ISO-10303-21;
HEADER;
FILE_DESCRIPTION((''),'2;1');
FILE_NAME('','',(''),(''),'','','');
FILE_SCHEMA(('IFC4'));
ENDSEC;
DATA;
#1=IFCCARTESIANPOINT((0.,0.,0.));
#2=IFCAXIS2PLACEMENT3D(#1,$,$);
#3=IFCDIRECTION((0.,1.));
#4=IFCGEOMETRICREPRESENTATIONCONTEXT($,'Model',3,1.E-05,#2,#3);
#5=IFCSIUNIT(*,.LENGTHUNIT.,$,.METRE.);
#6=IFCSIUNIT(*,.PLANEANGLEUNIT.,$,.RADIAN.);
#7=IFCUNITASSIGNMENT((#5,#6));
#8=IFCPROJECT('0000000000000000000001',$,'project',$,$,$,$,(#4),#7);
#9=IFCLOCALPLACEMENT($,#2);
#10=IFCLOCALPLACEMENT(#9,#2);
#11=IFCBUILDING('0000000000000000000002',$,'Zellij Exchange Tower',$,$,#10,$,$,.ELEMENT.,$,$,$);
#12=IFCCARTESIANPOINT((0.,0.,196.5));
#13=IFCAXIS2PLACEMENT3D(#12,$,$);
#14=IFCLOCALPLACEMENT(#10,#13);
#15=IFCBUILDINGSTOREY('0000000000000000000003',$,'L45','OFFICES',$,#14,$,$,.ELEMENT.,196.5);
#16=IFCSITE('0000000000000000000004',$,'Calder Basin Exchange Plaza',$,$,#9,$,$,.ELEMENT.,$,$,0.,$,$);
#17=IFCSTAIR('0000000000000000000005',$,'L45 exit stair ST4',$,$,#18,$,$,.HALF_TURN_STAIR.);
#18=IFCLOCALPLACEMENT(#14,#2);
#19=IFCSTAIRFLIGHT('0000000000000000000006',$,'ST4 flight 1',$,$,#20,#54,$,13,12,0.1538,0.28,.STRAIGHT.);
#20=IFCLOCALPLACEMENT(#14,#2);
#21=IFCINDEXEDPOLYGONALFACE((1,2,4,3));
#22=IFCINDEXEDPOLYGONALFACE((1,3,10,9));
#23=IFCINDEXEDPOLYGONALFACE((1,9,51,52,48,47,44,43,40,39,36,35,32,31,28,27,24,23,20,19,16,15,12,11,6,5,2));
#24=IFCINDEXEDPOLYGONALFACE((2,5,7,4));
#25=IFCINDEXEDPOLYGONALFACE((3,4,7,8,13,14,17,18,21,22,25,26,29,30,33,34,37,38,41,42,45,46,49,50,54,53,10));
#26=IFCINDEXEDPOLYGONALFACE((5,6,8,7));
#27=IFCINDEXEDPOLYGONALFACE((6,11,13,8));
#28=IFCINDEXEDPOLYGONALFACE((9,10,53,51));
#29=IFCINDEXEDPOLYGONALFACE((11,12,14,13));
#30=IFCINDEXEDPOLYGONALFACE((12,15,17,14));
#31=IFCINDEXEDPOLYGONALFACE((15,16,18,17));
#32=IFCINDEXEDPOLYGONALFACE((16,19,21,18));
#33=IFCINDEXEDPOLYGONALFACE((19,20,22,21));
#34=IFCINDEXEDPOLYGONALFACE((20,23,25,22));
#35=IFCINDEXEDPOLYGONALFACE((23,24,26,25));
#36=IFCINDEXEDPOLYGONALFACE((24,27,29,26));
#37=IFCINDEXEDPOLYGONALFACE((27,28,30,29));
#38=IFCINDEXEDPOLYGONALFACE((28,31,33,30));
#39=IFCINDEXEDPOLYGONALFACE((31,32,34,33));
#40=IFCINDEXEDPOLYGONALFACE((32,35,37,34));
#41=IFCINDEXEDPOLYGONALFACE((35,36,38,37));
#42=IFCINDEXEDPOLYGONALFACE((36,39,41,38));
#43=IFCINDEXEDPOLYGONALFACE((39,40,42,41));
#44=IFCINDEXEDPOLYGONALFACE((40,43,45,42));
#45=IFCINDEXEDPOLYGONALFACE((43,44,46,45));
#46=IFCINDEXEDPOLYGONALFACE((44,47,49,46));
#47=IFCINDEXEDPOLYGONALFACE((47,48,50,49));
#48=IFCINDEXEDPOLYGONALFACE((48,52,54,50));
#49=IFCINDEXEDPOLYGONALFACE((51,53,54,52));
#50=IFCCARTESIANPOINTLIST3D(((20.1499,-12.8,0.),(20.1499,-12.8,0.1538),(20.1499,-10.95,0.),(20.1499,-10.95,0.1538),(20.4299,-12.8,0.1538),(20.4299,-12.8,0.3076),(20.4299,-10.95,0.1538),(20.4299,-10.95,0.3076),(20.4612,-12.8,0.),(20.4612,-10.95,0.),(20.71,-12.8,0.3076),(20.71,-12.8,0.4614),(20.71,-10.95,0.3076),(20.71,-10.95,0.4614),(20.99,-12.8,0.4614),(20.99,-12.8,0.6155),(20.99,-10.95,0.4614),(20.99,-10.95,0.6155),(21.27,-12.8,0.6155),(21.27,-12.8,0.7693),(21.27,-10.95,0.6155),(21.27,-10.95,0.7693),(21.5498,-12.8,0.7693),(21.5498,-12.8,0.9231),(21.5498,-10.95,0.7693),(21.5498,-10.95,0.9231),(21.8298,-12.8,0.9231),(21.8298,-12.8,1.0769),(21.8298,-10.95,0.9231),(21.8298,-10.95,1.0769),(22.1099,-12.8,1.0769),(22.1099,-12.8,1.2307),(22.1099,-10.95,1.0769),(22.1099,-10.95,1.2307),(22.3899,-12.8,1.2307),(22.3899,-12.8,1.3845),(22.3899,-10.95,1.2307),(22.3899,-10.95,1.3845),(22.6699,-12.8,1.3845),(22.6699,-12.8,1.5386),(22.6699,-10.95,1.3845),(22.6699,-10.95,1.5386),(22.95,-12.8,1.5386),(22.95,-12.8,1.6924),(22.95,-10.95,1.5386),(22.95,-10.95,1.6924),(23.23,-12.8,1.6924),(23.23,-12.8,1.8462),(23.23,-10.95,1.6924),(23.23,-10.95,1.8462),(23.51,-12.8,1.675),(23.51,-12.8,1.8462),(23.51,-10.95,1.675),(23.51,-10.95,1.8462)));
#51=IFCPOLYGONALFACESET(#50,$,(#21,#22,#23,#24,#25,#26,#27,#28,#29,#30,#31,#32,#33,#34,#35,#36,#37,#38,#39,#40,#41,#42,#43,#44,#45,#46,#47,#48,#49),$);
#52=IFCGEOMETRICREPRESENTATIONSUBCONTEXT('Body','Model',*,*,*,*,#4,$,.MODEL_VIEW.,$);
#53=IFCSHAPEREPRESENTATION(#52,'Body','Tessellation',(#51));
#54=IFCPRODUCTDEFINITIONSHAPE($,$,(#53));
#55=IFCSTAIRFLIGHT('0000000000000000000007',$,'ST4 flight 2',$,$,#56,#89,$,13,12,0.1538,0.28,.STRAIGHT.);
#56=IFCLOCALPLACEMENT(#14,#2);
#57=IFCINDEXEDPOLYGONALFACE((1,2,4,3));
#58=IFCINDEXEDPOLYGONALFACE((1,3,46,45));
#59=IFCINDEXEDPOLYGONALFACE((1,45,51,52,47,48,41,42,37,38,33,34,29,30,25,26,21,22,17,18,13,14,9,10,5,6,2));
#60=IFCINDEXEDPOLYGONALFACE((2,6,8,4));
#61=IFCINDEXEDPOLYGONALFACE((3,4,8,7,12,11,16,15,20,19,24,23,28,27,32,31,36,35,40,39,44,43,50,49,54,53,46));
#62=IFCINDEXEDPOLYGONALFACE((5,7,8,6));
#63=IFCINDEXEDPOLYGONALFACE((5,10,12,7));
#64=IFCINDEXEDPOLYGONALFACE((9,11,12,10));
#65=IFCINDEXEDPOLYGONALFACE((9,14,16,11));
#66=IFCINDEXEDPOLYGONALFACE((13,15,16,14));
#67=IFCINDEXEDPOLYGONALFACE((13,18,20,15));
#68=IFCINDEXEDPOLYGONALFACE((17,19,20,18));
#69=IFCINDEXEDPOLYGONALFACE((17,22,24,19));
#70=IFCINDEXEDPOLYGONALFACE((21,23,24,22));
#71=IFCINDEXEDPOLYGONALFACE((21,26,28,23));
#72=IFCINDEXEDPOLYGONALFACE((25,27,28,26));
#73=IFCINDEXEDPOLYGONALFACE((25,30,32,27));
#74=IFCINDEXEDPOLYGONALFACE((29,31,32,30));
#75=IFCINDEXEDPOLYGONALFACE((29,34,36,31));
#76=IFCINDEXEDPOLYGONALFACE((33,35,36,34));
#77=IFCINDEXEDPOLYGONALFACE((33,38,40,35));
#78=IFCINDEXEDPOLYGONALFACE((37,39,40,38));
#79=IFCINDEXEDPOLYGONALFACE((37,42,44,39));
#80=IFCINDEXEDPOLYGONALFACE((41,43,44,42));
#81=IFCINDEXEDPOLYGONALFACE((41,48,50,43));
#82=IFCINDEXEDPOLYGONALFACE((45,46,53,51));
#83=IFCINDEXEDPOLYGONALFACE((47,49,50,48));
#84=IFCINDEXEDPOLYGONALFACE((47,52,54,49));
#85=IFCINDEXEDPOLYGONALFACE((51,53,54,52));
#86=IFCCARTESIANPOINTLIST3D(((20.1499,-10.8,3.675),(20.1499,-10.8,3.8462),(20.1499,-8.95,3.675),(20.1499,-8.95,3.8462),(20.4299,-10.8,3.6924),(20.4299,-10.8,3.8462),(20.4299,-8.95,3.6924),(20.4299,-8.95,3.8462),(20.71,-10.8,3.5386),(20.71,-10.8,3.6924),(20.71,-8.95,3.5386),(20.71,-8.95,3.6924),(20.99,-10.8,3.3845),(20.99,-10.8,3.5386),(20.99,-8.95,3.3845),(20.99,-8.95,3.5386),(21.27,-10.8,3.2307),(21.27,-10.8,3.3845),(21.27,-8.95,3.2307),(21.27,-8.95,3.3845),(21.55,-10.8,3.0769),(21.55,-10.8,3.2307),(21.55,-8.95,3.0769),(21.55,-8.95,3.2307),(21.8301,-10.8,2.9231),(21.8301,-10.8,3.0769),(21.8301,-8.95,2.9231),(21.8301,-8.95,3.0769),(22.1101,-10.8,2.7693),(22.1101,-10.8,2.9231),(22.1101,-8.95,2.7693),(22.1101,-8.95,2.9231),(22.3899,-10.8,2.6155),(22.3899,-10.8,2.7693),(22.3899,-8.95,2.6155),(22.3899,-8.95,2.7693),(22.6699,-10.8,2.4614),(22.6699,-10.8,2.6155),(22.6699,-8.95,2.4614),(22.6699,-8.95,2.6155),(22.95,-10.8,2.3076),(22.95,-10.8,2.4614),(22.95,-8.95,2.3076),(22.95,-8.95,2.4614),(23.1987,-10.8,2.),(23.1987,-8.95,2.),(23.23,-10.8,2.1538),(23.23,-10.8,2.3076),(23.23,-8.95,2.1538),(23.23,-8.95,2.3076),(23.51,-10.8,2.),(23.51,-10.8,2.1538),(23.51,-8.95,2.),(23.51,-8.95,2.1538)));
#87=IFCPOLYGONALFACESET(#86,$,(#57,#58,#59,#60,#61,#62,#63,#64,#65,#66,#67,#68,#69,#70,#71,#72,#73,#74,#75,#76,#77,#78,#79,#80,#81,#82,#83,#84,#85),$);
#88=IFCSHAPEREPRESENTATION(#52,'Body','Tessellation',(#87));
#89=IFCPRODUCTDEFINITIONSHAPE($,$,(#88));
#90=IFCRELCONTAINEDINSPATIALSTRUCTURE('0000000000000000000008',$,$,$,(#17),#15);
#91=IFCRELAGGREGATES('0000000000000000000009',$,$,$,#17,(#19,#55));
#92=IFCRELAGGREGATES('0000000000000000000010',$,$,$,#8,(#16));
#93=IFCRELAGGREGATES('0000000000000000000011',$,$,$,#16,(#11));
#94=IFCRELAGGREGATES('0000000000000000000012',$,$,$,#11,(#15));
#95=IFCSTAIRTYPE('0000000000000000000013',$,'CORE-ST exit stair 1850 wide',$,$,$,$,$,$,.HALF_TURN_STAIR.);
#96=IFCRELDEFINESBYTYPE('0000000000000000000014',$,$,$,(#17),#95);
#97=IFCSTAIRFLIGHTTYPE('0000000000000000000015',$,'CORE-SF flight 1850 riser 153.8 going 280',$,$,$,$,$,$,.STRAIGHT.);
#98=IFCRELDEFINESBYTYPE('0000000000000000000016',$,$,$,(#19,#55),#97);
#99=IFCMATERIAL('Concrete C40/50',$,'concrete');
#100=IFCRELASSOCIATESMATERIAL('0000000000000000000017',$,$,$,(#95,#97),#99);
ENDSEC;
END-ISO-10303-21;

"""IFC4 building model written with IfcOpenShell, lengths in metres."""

from ifc_helpers import new_model, si_unit, direction, frame, origin, place, context, subcontext, project, spatial, polyline, outline, extrude, material, type_object, element, aggregate, save


model = new_model("IFC4")

# Units and contexts
model_context = context("Model", 3, precision=1e-05, world=origin(), true_north=direction((0.0, 1.0)))
body_context = subcontext(model_context, "Body", "Model", "MODEL_VIEW")
ifc_project = project(units=[si_unit("LENGTHUNIT", "METRE"), si_unit("PLANEANGLEUNIT", "RADIAN")], contexts=[model_context])

# Site, building, storey
site_placement = place(None, origin())
site = spatial("IfcSite", under=ifc_project, at=site_placement, Name="Calder Basin Exchange Plaza", CompositionType="ELEMENT", RefElevation=0.0)
building_placement = place(site_placement, origin())
building = spatial("IfcBuilding", under=site, at=building_placement, Name="Zellij Exchange Tower", CompositionType="ELEMENT")
storey_placement = place(building_placement, frame((0.0, 0.0, 196.5)))
storey = spatial("IfcBuildingStorey", under=building, at=storey_placement, Name="L45", Description="OFFICES", CompositionType="ELEMENT", Elevation=196.5)

# Stair, stair flights
ifc_material_1 = material(Name="Concrete C40/50", Category="concrete")
stair_type = type_object("IfcStairType", Name="CORE-ST exit stair 1850 wide", PredefinedType="HALF_TURN_STAIR", material=ifc_material_1)
stair_placement = place(storey_placement, origin())
stair = element("IfcStair", 1, at=stair_placement, inside=storey, type_object=stair_type, Name="L45 exit stair ST4", PredefinedType="HALF_TURN_STAIR")
stair_flight_type = type_object("IfcStairFlightType", Name="CORE-SF flight 1850 riser 153.8 going 280", PredefinedType="STRAIGHT", material=ifc_material_1)
stair_flight_1_placement = place(storey_placement, frame((20.1499, -11.875, 0.0), z_axis=(0.0, 0.0, 1.0), x_axis=(1.0, 0.0, 0.0)))
stair_flight_1 = element("IfcStairFlight", 2, at=stair_flight_1_placement, type_object=stair_flight_type, Name="ST4 flight 1", NumberOfRisers=13, NumberOfTreads=12, PredefinedType="STRAIGHT", RiserHeight=0.1538, TreadLength=0.28, context=body_context, shape_type="SweptSolid", body=[
    extrude(outline(polyline([(0.0, 0.0), (0.0, 0.1538), (0.28, 0.1538), (0.28, 0.3076), (0.5601, 0.3076), (0.5601, 0.4614), (0.8401, 0.4614), (0.8401, 0.6155), (1.1201, 0.6155), (1.1201, 0.7693), (1.3999, 0.7693), (1.3999, 0.9231), (1.6799, 0.9231), (1.6799, 1.0769), (1.96, 1.0769), (1.96, 1.2307), (2.24, 1.2307), (2.24, 1.3845), (2.52, 1.3845), (2.52, 1.5386), (2.8, 1.5386), (2.8, 1.6924), (3.0801, 1.6924), (3.0801, 1.8462), (3.3601, 1.8462), (3.3601, 2.0), (3.3601, 1.675), (0.3113, 0.0), (0.0, 0.0)])), frame((0.0, 0.925, 0.0), z_axis=(0.0, -1.0, 0.0), x_axis=(1.0, 0.0, 0.0)), (0.0, 0.0, 1.0), 1.8501),
])
stair_flight_2_placement = place(storey_placement, frame((23.51, -9.875, 2.0), z_axis=(0.0, 0.0, 1.0), x_axis=(-1.0, 0.0, 0.0)))
stair_flight_2 = element("IfcStairFlight", 3, at=stair_flight_2_placement, type_object=stair_flight_type, Name="ST4 flight 2", NumberOfRisers=13, NumberOfTreads=12, PredefinedType="STRAIGHT", RiserHeight=0.1538, TreadLength=0.28, context=body_context, shape_type="SweptSolid", body=[
    extrude(outline(polyline([(0.0, 0.0), (0.0, 0.1538), (0.28, 0.1538), (0.28, 0.3076), (0.5601, 0.3076), (0.5601, 0.4614), (0.8401, 0.4614), (0.8401, 0.6155), (1.1201, 0.6155), (1.1201, 0.7693), (1.3999, 0.7693), (1.3999, 0.9231), (1.6799, 0.9231), (1.6799, 1.0769), (1.96, 1.0769), (1.96, 1.2307), (2.24, 1.2307), (2.24, 1.3845), (2.52, 1.3845), (2.52, 1.5386), (2.8, 1.5386), (2.8, 1.6924), (3.0801, 1.6924), (3.0801, 1.8462), (3.3601, 1.8462), (3.3601, 2.0), (3.3601, 1.675), (0.3113, 0.0), (0.0, 0.0)])), frame((0.0, 0.925, 0.0), z_axis=(0.0, -1.0, 0.0), x_axis=(1.0, 0.0, 0.0)), (0.0, 0.0, 1.0), 1.8501),
])
aggregate(stair, [stair_flight_1, stair_flight_2])

save(model, "model.ifc")
